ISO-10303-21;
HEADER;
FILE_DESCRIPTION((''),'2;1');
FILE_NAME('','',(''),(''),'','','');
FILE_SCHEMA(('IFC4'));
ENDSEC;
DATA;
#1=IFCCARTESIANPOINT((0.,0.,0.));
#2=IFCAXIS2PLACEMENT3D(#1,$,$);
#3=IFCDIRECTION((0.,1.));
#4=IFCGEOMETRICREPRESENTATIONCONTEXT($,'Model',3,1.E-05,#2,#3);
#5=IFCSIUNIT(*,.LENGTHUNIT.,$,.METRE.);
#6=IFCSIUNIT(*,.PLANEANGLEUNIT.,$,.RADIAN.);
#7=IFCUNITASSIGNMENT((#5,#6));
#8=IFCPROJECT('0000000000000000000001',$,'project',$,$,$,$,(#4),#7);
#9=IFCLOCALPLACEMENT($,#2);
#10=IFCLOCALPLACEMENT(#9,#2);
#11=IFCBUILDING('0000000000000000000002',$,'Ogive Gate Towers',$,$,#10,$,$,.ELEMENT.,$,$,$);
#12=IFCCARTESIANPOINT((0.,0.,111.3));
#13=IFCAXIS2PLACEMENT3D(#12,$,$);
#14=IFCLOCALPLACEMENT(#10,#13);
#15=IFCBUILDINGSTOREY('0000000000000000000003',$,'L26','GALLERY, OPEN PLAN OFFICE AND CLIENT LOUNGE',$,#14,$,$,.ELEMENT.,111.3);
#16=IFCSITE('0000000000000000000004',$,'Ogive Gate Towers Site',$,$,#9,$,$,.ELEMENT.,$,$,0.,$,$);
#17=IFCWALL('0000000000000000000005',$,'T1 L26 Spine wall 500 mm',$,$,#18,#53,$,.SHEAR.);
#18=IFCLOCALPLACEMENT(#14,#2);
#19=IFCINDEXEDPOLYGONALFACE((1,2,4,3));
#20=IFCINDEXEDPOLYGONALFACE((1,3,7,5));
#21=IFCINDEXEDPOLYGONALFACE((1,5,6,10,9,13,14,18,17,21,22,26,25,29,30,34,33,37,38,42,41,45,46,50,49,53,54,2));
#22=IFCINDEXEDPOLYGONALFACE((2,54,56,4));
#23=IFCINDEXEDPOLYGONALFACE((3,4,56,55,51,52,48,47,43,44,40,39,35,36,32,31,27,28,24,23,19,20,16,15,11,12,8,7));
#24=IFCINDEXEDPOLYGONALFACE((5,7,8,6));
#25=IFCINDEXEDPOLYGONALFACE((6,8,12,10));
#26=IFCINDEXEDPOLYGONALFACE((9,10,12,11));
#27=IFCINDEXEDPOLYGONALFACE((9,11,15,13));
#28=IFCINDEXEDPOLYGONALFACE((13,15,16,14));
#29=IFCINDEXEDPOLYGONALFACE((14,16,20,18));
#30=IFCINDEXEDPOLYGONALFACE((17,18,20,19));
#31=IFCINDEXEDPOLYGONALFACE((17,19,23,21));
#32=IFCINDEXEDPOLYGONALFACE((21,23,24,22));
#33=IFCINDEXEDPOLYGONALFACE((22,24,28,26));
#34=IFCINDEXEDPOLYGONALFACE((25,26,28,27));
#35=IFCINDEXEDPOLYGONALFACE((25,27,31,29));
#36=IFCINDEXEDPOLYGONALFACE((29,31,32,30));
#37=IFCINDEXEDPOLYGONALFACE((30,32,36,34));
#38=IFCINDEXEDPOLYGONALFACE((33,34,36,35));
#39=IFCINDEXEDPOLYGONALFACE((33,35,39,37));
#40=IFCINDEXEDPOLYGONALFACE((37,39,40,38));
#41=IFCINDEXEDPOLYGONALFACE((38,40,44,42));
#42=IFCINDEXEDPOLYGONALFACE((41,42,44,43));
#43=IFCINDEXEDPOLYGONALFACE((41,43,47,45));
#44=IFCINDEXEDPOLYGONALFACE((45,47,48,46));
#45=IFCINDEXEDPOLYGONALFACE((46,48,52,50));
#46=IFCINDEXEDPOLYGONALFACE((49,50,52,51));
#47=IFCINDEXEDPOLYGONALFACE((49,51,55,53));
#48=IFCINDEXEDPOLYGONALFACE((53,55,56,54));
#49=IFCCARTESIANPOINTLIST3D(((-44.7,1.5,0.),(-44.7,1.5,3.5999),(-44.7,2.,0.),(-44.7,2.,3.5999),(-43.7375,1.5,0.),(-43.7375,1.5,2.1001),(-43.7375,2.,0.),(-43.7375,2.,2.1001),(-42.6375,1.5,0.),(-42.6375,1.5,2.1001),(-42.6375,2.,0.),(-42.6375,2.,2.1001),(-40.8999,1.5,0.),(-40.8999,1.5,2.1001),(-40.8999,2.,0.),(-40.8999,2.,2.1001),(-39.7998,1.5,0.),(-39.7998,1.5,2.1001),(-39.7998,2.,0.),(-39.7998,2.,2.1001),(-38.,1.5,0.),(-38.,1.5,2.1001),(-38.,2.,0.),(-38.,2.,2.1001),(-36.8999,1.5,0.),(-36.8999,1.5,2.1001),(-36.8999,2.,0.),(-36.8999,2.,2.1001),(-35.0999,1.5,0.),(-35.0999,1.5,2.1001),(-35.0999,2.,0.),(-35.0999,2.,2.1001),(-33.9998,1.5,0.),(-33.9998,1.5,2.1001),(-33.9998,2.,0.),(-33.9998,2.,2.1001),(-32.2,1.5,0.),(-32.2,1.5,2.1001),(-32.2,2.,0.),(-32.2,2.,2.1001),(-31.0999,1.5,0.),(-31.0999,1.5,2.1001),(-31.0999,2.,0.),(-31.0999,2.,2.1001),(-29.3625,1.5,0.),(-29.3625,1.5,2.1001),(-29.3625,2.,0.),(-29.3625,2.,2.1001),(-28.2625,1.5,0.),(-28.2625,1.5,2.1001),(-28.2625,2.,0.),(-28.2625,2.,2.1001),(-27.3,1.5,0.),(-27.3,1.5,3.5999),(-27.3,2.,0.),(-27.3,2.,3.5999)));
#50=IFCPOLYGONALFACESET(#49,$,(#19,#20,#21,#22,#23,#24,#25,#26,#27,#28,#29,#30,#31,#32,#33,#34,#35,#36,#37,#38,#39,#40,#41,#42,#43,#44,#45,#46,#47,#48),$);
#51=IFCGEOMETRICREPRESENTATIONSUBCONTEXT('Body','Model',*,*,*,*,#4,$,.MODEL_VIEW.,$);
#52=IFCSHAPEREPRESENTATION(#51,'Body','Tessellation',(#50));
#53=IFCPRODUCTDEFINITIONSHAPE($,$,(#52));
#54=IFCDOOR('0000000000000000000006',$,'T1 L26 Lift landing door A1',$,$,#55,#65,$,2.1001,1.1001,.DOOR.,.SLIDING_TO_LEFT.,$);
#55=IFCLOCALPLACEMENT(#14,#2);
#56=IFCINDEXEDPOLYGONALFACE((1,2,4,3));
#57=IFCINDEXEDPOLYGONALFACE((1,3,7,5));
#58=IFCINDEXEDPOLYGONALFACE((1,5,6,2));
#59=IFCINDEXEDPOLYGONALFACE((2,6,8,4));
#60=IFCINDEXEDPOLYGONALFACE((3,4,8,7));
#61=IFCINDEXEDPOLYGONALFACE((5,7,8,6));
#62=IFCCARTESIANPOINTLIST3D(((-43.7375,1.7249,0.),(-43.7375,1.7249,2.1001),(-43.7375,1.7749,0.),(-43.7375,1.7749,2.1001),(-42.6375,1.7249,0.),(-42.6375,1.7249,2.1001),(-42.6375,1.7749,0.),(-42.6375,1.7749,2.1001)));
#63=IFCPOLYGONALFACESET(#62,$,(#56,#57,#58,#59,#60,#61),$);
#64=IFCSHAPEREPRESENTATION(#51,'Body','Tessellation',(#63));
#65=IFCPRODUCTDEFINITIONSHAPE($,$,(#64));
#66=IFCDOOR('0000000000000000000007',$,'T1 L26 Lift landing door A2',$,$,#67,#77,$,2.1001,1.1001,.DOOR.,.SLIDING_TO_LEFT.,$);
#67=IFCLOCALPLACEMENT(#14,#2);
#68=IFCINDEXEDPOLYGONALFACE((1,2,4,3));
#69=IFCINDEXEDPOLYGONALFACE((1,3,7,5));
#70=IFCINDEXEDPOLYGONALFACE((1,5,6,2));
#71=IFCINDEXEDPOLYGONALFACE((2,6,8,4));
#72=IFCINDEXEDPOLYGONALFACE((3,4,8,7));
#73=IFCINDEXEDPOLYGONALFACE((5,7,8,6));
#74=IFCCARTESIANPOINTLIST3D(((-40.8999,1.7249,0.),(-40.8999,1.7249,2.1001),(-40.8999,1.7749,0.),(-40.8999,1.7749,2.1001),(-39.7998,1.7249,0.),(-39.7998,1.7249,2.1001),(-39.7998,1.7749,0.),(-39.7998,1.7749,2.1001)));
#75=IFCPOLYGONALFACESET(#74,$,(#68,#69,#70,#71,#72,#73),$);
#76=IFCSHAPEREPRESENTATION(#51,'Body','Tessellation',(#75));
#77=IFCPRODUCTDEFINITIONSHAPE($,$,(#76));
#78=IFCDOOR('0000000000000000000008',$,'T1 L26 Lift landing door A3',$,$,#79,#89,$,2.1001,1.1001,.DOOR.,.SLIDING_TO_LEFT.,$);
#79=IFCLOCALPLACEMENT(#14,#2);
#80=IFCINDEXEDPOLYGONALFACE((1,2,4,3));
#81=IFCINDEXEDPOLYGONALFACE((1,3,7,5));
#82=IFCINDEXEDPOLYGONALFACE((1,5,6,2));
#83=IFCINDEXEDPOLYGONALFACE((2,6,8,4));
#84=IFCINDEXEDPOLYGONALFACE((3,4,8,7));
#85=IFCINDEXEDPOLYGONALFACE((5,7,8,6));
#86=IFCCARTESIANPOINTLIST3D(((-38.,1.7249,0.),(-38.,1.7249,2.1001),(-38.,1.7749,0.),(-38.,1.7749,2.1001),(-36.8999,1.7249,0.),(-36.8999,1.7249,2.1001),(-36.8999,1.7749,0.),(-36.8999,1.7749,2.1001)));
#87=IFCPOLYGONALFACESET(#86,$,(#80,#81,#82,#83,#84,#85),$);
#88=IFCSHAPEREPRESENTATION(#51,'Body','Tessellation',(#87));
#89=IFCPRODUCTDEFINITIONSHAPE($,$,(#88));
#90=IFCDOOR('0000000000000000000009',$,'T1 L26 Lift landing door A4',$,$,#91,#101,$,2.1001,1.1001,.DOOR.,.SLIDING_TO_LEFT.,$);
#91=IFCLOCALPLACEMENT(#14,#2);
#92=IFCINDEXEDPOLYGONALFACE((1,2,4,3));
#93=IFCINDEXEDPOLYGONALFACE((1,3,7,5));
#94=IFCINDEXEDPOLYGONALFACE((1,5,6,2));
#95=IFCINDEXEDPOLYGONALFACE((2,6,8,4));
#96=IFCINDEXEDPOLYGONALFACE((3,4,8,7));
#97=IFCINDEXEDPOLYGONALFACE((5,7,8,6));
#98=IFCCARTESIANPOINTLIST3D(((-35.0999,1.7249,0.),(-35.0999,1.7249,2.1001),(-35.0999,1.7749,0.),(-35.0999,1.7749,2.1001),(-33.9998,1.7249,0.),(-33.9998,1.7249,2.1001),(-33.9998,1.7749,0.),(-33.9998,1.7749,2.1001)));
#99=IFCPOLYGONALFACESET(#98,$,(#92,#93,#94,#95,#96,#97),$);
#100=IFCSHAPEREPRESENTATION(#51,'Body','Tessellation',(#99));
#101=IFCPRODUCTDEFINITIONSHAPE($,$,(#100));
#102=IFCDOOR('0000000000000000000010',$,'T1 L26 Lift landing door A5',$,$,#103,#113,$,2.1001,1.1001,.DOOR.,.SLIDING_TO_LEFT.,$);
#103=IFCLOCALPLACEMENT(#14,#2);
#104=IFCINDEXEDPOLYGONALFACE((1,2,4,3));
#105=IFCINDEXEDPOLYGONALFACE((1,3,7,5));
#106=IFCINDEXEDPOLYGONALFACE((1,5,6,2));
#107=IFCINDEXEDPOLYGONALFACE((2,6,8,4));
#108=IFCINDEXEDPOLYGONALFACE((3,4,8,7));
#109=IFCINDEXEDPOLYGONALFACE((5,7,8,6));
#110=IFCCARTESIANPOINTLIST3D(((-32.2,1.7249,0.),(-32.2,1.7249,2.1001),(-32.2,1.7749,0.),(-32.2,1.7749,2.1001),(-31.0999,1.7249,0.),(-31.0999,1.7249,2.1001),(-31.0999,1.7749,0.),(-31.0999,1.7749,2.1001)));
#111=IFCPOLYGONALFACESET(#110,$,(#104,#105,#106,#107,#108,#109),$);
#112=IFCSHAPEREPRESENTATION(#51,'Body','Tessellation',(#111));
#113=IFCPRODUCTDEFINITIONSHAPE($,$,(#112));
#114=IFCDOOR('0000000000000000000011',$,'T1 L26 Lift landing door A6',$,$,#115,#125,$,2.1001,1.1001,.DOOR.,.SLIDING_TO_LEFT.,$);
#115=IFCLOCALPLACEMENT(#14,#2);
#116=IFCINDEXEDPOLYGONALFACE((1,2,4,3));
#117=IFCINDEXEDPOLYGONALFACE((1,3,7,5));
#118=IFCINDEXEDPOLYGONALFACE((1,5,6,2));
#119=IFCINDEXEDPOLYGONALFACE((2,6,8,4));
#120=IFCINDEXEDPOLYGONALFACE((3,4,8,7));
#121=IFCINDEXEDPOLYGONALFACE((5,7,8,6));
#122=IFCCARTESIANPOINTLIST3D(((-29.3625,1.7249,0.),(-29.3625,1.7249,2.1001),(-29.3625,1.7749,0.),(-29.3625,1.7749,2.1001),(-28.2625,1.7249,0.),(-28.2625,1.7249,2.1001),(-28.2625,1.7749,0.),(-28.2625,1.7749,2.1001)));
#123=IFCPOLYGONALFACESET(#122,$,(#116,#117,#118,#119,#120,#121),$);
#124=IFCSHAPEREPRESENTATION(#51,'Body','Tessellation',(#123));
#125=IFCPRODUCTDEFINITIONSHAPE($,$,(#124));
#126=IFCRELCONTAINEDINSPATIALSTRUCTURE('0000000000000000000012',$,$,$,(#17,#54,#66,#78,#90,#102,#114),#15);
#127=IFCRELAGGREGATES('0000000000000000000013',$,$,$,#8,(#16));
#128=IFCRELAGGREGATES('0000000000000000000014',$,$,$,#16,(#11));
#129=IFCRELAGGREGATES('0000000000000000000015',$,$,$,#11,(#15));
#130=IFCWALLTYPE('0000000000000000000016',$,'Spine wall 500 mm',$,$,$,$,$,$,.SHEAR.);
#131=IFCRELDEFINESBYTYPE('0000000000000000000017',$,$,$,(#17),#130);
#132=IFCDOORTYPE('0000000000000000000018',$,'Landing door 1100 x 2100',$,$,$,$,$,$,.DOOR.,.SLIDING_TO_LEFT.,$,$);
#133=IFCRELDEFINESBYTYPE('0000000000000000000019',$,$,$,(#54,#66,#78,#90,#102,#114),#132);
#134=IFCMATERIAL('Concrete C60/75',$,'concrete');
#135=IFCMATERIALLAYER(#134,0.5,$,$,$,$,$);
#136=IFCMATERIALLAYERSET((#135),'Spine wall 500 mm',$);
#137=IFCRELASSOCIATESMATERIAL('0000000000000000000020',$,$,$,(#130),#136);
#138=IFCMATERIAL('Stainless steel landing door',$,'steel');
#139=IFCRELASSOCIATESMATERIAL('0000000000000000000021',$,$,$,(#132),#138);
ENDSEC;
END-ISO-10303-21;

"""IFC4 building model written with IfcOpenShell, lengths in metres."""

from ifc_helpers import new_model, si_unit, direction, frame, frame_2d, origin, place, context, subcontext, project, spatial, rectangle, extrude, material, layer, layer_set, type_object, element, fill, save


model = new_model("IFC4")

# Units and contexts
model_context = context("Model", 3, precision=1e-05, world=origin(), true_north=direction((0.0, 1.0)))
body_context = subcontext(model_context, "Body", "Model", "MODEL_VIEW")
ifc_project = project(units=[si_unit("LENGTHUNIT", "METRE"), si_unit("PLANEANGLEUNIT", "RADIAN")], contexts=[model_context])

# Site, building, storey
site_placement = place(None, origin())
site = spatial("IfcSite", under=ifc_project, at=site_placement, Name="Ogive Gate Towers Site", CompositionType="ELEMENT", RefElevation=0.0)
building_placement = place(site_placement, origin())
building = spatial("IfcBuilding", under=site, at=building_placement, Name="Ogive Gate Towers", CompositionType="ELEMENT")
storey_placement = place(building_placement, frame((0.0, 0.0, 111.3)))
storey = spatial("IfcBuildingStorey", under=building, at=storey_placement, Name="L26", Description="GALLERY, OPEN PLAN OFFICE AND CLIENT LOUNGE", CompositionType="ELEMENT", Elevation=111.3)

# Shared definitions
ifc_material_1 = material(Name="Concrete C60/75", Category="concrete")

# Wall, openings, doors
ifc_layer_1 = layer(ifc_material_1, 0.5)
ifc_layer_set_1 = layer_set([ifc_layer_1], Name="Spine wall 500 mm")
wall_type_1 = type_object("IfcWallType", Name="Spine wall 500 mm", PredefinedType="SHEAR", material=ifc_layer_set_1)
wall_1_placement = place(storey_placement, frame((-44.7, 1.75, 0.0), z_axis=(0.0, 0.0, 1.0), x_axis=(1.0, 0.0, 0.0)))
wall_1 = element("IfcWall", 1, at=wall_1_placement, inside=storey, type_object=wall_type_1, Name="T1 L26 Spine wall 500 mm", PredefinedType="SHEAR", context=body_context, shape_type="SweptSolid", body=[
    extrude(rectangle(XDim=17.3999, YDim=0.5, at=frame_2d((8.7, 0.0))), origin(), (0.0, 0.0, 1.0), 3.5999),
])
opening_1_placement = place(wall_1_placement, frame((0.9624, 0.0, 0.0)))
opening_1 = element("IfcOpeningElement", 2, at=opening_1_placement, cuts=wall_1, PredefinedType="OPENING", context=body_context, shape_type="SweptSolid", body=[
    extrude(rectangle(XDim=1.1001, YDim=2.1001, at=frame_2d((0.55, 1.05))), frame((0.0, 0.26, 0.0), z_axis=(0.0, -1.0, 0.0), x_axis=(1.0, 0.0, 0.0)), (0.0, 0.0, 1.0), 0.52),
])
opening_2_placement = place(wall_1_placement, frame((3.8, 0.0, 0.0)))
opening_2 = element("IfcOpeningElement", 3, at=opening_2_placement, cuts=wall_1, PredefinedType="OPENING", context=body_context, shape_type="SweptSolid", body=[
    extrude(rectangle(XDim=1.1001, YDim=2.1001, at=frame_2d((0.55, 1.05))), frame((0.0, 0.26, 0.0), z_axis=(0.0, -1.0, 0.0), x_axis=(1.0, 0.0, 0.0)), (0.0, 0.0, 1.0), 0.52),
])
opening_3_placement = place(wall_1_placement, frame((6.7, 0.0, 0.0)))
opening_3 = element("IfcOpeningElement", 4, at=opening_3_placement, cuts=wall_1, PredefinedType="OPENING", context=body_context, shape_type="SweptSolid", body=[
    extrude(rectangle(XDim=1.1001, YDim=2.1001, at=frame_2d((0.55, 1.05))), frame((0.0, 0.26, 0.0), z_axis=(0.0, -1.0, 0.0), x_axis=(1.0, 0.0, 0.0)), (0.0, 0.0, 1.0), 0.52),
])
opening_4_placement = place(wall_1_placement, frame((9.6001, 0.0, 0.0)))
opening_4 = element("IfcOpeningElement", 5, at=opening_4_placement, cuts=wall_1, PredefinedType="OPENING", context=body_context, shape_type="SweptSolid", body=[
    extrude(rectangle(XDim=1.1001, YDim=2.1001, at=frame_2d((0.55, 1.05))), frame((0.0, 0.26, 0.0), z_axis=(0.0, -1.0, 0.0), x_axis=(1.0, 0.0, 0.0)), (0.0, 0.0, 1.0), 0.52),
])
opening_5_placement = place(wall_1_placement, frame((12.5, 0.0, 0.0)))
opening_5 = element("IfcOpeningElement", 6, at=opening_5_placement, cuts=wall_1, PredefinedType="OPENING", context=body_context, shape_type="SweptSolid", body=[
    extrude(rectangle(XDim=1.1001, YDim=2.1001, at=frame_2d((0.55, 1.05))), frame((0.0, 0.26, 0.0), z_axis=(0.0, -1.0, 0.0), x_axis=(1.0, 0.0, 0.0)), (0.0, 0.0, 1.0), 0.52),
])
opening_6_placement = place(wall_1_placement, frame((15.3374, 0.0, 0.0)))
opening_6 = element("IfcOpeningElement", 7, at=opening_6_placement, cuts=wall_1, PredefinedType="OPENING", context=body_context, shape_type="SweptSolid", body=[
    extrude(rectangle(XDim=1.1001, YDim=2.1001, at=frame_2d((0.55, 1.05))), frame((0.0, 0.26, 0.0), z_axis=(0.0, -1.0, 0.0), x_axis=(1.0, 0.0, 0.0)), (0.0, 0.0, 1.0), 0.52),
])
ifc_material_2 = material(Name="Stainless steel landing door", Category="steel")
door_type_1 = type_object("IfcDoorType", Name="Landing door 1100 x 2100", OperationType="SLIDING_TO_LEFT", PredefinedType="DOOR", material=ifc_material_2)
door_1_placement = place(opening_1_placement, origin())
door_1 = element("IfcDoor", 8, at=door_1_placement, inside=storey, type_object=door_type_1, Name="T1 L26 Lift landing door A1", OperationType="SLIDING_TO_LEFT", OverallHeight=2.1001, OverallWidth=1.1001, PredefinedType="DOOR", context=body_context, shape_type="SweptSolid", body=[
    extrude(rectangle(XDim=1.1001, YDim=2.1001, at=frame_2d((0.55, 1.05))), frame((0.0, 0.0249, 0.0), z_axis=(0.0, -1.0, 0.0), x_axis=(1.0, 0.0, 0.0)), (0.0, 0.0, 1.0), 0.05),
])
fill(opening_1, door_1)
door_2_placement = place(opening_2_placement, origin())
door_2 = element("IfcDoor", 9, at=door_2_placement, inside=storey, type_object=door_type_1, Name="T1 L26 Lift landing door A2", OperationType="SLIDING_TO_LEFT", OverallHeight=2.1001, OverallWidth=1.1001, PredefinedType="DOOR", context=body_context, shape_type="SweptSolid", body=[
    extrude(rectangle(XDim=1.1001, YDim=2.1001, at=frame_2d((0.55, 1.05))), frame((0.0, 0.0249, 0.0), z_axis=(0.0, -1.0, 0.0), x_axis=(1.0, 0.0, 0.0)), (0.0, 0.0, 1.0), 0.05),
])
fill(opening_2, door_2)
door_3_placement = place(opening_3_placement, origin())
door_3 = element("IfcDoor", 10, at=door_3_placement, inside=storey, type_object=door_type_1, Name="T1 L26 Lift landing door A3", OperationType="SLIDING_TO_LEFT", OverallHeight=2.1001, OverallWidth=1.1001, PredefinedType="DOOR", context=body_context, shape_type="SweptSolid", body=[
    extrude(rectangle(XDim=1.1001, YDim=2.1001, at=frame_2d((0.55, 1.05))), frame((0.0, 0.0249, 0.0), z_axis=(0.0, -1.0, 0.0), x_axis=(1.0, 0.0, 0.0)), (0.0, 0.0, 1.0), 0.05),
])
fill(opening_3, door_3)
door_4_placement = place(opening_4_placement, origin())
door_4 = element("IfcDoor", 11, at=door_4_placement, inside=storey, type_object=door_type_1, Name="T1 L26 Lift landing door A4", OperationType="SLIDING_TO_LEFT", OverallHeight=2.1001, OverallWidth=1.1001, PredefinedType="DOOR", context=body_context, shape_type="SweptSolid", body=[
    extrude(rectangle(XDim=1.1001, YDim=2.1001, at=frame_2d((0.55, 1.05))), frame((0.0, 0.0249, 0.0), z_axis=(0.0, -1.0, 0.0), x_axis=(1.0, 0.0, 0.0)), (0.0, 0.0, 1.0), 0.05),
])
fill(opening_4, door_4)
door_5_placement = place(opening_5_placement, origin())
door_5 = element("IfcDoor", 12, at=door_5_placement, inside=storey, type_object=door_type_1, Name="T1 L26 Lift landing door A5", OperationType="SLIDING_TO_LEFT", OverallHeight=2.1001, OverallWidth=1.1001, PredefinedType="DOOR", context=body_context, shape_type="SweptSolid", body=[
    extrude(rectangle(XDim=1.1001, YDim=2.1001, at=frame_2d((0.55, 1.05))), frame((0.0, 0.0249, 0.0), z_axis=(0.0, -1.0, 0.0), x_axis=(1.0, 0.0, 0.0)), (0.0, 0.0, 1.0), 0.05),
])
fill(opening_5, door_5)
door_6_placement = place(opening_6_placement, origin())
door_6 = element("IfcDoor", 13, at=door_6_placement, inside=storey, type_object=door_type_1, Name="T1 L26 Lift landing door A6", OperationType="SLIDING_TO_LEFT", OverallHeight=2.1001, OverallWidth=1.1001, PredefinedType="DOOR", context=body_context, shape_type="SweptSolid", body=[
    extrude(rectangle(XDim=1.1001, YDim=2.1001, at=frame_2d((0.55, 1.05))), frame((0.0, 0.0249, 0.0), z_axis=(0.0, -1.0, 0.0), x_axis=(1.0, 0.0, 0.0)), (0.0, 0.0, 1.0), 0.05),
])
fill(opening_6, door_6)

save(model, "model.ifc")
